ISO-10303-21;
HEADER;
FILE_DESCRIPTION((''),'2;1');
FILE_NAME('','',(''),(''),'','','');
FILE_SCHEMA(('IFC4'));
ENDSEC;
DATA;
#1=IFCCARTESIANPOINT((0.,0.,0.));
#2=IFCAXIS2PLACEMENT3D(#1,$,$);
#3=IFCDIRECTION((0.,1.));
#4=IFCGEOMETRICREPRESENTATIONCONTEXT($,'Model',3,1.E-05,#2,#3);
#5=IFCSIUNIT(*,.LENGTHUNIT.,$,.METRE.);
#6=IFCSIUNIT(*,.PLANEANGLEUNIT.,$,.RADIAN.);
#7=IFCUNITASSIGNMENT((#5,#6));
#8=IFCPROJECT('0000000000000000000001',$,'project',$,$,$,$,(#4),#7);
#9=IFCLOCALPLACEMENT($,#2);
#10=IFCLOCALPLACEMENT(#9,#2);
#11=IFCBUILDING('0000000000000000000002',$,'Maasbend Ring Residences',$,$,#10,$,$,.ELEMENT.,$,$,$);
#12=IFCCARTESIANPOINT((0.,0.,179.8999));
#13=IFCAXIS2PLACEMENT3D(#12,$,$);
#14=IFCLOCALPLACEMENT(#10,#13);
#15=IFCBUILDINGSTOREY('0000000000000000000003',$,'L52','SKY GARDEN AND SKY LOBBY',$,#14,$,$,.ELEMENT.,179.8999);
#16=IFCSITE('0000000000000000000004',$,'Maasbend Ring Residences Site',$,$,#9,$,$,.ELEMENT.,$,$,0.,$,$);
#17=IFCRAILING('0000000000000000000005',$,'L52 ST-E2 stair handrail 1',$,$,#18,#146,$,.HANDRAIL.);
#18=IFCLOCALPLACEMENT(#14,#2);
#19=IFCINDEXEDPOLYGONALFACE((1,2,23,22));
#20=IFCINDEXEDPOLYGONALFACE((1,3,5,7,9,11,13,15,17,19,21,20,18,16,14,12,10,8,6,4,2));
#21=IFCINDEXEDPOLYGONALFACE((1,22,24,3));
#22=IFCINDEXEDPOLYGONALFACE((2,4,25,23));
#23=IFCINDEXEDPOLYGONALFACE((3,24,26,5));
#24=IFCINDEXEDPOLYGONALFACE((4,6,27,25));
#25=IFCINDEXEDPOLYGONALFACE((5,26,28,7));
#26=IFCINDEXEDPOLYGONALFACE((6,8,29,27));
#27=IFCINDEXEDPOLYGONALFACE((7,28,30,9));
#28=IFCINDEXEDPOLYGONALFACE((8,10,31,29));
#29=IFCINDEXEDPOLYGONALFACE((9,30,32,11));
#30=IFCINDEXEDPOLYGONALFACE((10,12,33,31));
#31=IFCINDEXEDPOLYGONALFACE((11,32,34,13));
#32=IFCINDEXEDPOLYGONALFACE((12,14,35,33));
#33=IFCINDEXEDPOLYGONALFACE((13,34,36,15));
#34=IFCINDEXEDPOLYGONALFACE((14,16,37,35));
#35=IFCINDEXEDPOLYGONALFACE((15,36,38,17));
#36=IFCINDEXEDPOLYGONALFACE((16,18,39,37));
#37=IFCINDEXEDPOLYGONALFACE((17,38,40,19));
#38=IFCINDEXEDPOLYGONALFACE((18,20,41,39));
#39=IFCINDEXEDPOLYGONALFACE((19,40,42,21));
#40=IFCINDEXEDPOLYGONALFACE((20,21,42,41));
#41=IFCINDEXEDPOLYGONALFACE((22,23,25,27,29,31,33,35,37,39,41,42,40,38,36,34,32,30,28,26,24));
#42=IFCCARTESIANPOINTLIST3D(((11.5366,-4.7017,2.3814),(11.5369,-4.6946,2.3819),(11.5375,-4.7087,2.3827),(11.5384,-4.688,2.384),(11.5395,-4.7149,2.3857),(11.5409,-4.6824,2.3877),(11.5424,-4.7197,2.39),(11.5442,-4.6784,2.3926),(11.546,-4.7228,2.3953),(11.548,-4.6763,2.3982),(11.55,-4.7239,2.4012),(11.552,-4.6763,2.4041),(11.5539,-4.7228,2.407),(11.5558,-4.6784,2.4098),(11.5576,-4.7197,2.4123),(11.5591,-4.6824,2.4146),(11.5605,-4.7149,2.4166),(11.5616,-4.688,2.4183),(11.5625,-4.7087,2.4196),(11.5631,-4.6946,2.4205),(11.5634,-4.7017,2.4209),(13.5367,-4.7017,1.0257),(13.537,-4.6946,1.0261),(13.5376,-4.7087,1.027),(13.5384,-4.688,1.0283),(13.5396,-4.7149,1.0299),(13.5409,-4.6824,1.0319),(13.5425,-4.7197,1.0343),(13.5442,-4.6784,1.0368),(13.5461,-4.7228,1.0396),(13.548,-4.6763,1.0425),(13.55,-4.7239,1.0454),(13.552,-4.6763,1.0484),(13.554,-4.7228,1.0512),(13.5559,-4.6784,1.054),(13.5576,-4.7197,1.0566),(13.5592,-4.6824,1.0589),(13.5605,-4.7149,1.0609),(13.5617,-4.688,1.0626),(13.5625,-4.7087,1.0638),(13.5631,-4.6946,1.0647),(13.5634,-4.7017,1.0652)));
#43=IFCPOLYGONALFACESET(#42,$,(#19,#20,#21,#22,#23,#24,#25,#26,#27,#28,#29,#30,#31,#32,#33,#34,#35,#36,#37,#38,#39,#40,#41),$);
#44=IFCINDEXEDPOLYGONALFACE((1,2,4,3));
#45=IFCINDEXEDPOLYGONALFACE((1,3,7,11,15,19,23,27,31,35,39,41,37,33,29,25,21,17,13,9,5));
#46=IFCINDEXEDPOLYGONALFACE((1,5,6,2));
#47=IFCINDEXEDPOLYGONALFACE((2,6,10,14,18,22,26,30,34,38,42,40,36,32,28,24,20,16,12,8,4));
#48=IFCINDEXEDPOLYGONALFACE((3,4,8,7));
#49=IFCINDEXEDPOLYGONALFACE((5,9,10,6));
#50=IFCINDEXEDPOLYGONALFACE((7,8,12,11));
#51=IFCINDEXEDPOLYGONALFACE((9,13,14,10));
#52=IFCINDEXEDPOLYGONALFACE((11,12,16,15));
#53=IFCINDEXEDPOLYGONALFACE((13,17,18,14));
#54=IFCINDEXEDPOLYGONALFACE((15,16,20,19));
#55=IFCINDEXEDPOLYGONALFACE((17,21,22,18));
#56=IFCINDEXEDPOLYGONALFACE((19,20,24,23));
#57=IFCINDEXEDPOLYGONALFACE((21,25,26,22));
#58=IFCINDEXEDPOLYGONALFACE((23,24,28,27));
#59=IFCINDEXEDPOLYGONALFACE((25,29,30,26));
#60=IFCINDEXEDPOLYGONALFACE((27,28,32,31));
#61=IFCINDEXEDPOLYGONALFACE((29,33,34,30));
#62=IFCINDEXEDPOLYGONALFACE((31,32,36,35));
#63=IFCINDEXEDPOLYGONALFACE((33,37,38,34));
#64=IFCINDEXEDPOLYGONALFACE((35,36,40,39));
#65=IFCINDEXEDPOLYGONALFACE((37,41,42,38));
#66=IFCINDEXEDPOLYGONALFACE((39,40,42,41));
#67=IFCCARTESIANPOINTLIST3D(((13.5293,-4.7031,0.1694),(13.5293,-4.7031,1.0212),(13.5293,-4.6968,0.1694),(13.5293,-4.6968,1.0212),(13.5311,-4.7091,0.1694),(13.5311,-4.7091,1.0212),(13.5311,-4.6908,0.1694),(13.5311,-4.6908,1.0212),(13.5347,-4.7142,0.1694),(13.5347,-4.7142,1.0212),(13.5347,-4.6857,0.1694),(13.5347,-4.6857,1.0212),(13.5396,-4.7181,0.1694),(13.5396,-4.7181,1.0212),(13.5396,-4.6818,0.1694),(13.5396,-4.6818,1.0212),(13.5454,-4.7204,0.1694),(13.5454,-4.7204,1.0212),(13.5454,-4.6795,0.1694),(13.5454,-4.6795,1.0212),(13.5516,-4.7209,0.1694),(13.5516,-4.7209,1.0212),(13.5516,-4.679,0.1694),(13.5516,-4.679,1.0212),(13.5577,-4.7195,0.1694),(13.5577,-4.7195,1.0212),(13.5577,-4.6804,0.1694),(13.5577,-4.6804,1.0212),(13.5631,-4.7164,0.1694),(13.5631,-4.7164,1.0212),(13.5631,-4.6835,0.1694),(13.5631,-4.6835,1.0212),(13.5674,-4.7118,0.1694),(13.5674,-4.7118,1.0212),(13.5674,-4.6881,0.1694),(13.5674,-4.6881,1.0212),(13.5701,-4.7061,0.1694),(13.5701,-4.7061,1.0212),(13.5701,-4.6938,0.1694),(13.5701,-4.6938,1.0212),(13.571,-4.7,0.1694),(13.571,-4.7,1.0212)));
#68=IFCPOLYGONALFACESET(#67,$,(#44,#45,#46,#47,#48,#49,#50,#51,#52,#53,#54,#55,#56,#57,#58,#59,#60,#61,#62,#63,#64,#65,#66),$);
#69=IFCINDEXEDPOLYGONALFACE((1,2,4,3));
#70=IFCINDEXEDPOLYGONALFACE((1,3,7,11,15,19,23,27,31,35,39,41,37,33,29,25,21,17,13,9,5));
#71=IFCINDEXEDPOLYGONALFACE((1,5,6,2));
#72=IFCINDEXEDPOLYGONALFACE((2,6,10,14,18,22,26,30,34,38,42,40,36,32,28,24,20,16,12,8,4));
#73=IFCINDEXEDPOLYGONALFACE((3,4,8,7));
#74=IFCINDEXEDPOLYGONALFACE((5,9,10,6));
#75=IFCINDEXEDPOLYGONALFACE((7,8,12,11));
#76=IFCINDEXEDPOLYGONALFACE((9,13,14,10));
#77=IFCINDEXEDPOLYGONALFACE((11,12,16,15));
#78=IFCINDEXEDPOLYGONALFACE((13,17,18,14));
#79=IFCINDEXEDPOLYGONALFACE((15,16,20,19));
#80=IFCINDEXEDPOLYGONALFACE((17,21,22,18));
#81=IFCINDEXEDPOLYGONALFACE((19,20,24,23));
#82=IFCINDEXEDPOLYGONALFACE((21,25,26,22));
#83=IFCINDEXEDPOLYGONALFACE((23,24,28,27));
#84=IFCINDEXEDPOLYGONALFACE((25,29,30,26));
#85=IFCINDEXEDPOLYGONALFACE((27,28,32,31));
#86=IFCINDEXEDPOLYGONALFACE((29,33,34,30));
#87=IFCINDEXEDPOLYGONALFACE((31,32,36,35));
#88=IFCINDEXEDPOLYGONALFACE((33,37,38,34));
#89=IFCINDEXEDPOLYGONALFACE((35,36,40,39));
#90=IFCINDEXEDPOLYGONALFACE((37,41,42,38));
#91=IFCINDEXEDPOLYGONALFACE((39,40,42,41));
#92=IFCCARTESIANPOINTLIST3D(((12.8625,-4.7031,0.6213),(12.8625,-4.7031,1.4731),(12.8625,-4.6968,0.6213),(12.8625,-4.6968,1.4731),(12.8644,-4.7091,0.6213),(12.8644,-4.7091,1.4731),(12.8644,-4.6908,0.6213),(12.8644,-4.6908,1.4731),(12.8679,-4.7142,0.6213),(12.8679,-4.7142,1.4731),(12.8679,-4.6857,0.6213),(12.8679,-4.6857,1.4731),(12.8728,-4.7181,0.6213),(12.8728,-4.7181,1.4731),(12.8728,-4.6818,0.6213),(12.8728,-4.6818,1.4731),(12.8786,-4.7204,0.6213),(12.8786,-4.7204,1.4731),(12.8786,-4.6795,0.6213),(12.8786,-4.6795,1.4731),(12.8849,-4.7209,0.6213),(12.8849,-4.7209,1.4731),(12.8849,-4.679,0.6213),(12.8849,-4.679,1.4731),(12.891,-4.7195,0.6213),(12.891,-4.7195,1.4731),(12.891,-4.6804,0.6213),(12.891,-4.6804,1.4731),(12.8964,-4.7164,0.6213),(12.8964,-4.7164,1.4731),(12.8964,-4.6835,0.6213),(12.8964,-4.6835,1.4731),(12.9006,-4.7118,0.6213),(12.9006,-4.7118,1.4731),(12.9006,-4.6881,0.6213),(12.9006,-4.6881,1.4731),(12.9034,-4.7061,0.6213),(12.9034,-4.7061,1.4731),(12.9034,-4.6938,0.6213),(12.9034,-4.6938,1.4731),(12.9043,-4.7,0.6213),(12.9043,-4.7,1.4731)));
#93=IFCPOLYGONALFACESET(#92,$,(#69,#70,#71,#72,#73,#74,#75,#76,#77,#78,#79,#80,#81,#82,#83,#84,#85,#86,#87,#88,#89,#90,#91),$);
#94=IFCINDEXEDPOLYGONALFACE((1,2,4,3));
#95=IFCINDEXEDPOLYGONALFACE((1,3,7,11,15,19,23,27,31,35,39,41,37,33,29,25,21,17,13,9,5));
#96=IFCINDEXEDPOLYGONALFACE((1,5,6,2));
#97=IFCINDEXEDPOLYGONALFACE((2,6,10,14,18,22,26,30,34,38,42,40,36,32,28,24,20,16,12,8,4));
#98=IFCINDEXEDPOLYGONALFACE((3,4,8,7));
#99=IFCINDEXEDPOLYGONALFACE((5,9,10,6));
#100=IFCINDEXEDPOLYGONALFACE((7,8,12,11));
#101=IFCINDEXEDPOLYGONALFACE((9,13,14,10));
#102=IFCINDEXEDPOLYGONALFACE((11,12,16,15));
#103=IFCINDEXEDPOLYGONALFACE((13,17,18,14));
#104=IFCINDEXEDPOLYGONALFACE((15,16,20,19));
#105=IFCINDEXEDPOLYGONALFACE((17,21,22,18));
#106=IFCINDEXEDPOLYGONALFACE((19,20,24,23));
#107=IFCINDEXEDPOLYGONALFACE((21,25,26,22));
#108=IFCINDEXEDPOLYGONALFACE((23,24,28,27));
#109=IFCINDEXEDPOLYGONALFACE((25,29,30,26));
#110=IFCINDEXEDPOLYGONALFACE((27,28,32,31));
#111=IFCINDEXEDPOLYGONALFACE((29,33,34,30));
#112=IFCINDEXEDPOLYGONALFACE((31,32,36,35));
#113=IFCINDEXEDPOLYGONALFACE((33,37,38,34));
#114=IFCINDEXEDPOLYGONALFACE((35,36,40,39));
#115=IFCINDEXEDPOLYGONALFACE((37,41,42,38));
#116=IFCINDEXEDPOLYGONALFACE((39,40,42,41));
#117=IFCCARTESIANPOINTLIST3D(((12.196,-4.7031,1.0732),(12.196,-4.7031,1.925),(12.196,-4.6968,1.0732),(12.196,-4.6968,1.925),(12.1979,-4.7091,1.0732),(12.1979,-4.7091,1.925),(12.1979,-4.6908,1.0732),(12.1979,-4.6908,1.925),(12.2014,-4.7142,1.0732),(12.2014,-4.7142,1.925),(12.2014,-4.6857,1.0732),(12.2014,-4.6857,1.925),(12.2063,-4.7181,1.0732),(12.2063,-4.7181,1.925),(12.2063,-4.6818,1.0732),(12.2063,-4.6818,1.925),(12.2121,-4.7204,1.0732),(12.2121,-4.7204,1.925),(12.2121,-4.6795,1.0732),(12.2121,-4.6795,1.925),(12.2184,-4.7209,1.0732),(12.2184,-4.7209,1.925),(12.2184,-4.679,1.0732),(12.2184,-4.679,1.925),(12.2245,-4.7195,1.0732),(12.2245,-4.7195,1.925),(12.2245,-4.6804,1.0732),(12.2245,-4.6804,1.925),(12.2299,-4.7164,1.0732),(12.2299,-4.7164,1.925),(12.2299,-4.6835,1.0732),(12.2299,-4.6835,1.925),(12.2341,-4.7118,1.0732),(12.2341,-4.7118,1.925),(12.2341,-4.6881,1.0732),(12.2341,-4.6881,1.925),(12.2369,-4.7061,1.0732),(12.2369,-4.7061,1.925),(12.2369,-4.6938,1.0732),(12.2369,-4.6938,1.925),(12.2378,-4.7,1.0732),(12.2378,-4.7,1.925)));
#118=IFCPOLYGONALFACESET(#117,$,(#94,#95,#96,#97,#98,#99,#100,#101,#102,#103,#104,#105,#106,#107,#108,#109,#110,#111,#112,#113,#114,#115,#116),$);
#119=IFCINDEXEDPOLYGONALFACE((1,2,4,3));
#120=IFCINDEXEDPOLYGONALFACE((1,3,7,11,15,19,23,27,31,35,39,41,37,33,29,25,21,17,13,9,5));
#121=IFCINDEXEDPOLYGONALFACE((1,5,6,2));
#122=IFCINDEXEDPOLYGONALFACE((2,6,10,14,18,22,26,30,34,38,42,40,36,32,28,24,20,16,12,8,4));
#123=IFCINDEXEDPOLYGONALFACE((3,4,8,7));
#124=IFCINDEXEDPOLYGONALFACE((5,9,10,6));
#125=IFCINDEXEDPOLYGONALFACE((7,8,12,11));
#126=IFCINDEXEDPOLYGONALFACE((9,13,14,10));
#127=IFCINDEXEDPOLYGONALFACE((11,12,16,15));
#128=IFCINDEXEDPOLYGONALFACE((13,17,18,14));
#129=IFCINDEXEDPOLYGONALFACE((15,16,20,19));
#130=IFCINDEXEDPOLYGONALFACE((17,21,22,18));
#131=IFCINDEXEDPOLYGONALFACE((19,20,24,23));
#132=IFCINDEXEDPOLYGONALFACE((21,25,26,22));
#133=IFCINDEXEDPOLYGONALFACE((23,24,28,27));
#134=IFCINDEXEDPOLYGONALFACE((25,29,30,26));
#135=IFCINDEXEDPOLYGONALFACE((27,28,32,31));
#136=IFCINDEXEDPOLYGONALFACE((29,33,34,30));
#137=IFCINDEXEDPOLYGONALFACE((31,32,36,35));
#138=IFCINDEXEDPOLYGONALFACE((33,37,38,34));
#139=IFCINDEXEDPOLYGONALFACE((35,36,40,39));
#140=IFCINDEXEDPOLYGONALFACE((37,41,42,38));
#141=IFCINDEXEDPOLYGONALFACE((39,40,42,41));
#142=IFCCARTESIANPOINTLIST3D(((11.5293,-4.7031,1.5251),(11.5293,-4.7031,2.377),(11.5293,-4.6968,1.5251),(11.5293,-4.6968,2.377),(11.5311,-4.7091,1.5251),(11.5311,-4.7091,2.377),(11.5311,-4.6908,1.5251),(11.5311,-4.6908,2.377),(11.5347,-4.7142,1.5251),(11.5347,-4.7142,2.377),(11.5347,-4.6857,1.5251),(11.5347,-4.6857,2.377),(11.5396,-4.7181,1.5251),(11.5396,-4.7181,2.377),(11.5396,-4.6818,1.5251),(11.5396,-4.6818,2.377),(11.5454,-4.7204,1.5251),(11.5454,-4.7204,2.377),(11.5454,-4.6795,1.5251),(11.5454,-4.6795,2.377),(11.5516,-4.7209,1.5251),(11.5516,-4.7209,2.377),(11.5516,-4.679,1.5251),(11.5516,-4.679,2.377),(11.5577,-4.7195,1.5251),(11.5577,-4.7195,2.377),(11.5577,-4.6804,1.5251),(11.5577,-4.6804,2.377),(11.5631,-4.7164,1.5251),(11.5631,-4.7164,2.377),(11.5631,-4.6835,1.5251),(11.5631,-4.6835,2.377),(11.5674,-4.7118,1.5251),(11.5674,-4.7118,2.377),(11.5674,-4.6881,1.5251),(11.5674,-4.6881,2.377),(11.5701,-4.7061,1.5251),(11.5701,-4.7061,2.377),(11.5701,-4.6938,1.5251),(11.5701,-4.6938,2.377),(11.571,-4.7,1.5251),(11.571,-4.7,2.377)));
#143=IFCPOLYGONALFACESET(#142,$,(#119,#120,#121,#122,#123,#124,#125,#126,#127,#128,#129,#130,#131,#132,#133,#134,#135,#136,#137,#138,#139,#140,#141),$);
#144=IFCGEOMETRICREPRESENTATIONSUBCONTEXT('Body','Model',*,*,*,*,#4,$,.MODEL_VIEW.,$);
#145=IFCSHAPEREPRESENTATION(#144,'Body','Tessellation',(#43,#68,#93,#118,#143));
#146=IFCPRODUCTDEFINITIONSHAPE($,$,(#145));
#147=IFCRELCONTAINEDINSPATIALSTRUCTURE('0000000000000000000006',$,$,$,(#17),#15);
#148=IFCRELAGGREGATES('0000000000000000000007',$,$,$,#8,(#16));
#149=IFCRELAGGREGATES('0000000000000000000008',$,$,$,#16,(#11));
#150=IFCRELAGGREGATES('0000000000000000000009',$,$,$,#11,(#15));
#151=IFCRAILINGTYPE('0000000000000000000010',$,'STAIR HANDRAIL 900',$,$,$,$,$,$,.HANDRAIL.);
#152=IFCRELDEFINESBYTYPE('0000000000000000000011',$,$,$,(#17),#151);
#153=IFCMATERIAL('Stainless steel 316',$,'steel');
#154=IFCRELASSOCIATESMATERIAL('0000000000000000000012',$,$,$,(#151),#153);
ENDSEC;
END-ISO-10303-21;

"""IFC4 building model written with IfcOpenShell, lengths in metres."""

from ifc_helpers import new_model, si_unit, direction, frame, origin, origin_2d, place, context, subcontext, project, spatial, circle, extrude, material, type_object, element, save


model = new_model("IFC4")

# Units and contexts
model_context = context("Model", 3, precision=1e-05, world=origin(), true_north=direction((0.0, 1.0)))
body_context = subcontext(model_context, "Body", "Model", "MODEL_VIEW")
ifc_project = project(units=[si_unit("LENGTHUNIT", "METRE"), si_unit("PLANEANGLEUNIT", "RADIAN")], contexts=[model_context])

# Site, building, storey
site_placement = place(None, origin())
site = spatial("IfcSite", under=ifc_project, at=site_placement, Name="Maasbend Ring Residences Site", CompositionType="ELEMENT", RefElevation=0.0)
building_placement = place(site_placement, origin())
building = spatial("IfcBuilding", under=site, at=building_placement, Name="Maasbend Ring Residences", CompositionType="ELEMENT")
storey_placement = place(building_placement, frame((0.0, 0.0, 179.8999)))
storey = spatial("IfcBuildingStorey", under=building, at=storey_placement, Name="L52", Description="SKY GARDEN AND SKY LOBBY", CompositionType="ELEMENT", Elevation=179.8999)

# Railing
ifc_material_1 = material(Name="Stainless steel 316", Category="steel")
railing_type_1 = type_object("IfcRailingType", Name="STAIR HANDRAIL 900", PredefinedType="HANDRAIL", material=ifc_material_1)
railing_1_placement = place(storey_placement, frame((13.55, -4.7, 0.1694)))
element("IfcRailing", 1, at=railing_1_placement, inside=storey, type_object=railing_type_1, Name="L52 ST-E2 stair handrail 1", PredefinedType="HANDRAIL", context=body_context, shape_type="SweptSolid", body=[
    extrude(circle(Radius=0.0239, at=origin_2d()), frame((0.0, 0.0, 0.876), z_axis=(-0.827751, 0.0, 0.561096), x_axis=(0.0, -1.0, 0.0)), (0.0, 0.0, 1.0), 2.4163),
    extrude(circle(Radius=0.021, at=origin_2d()), origin(), (0.0, 0.0, 1.0), 0.8518),
    extrude(circle(Radius=0.021, at=origin_2d()), frame((-0.6667, 0.0, 0.4519)), (0.0, 0.0, 1.0), 0.8518),
    extrude(circle(Radius=0.021, at=origin_2d()), frame((-1.3333, 0.0, 0.9038)), (0.0, 0.0, 1.0), 0.8518),
    extrude(circle(Radius=0.021, at=origin_2d()), frame((-2.0, 0.0, 1.3557)), (0.0, 0.0, 1.0), 0.8518),
])

save(model, "model.ifc")
